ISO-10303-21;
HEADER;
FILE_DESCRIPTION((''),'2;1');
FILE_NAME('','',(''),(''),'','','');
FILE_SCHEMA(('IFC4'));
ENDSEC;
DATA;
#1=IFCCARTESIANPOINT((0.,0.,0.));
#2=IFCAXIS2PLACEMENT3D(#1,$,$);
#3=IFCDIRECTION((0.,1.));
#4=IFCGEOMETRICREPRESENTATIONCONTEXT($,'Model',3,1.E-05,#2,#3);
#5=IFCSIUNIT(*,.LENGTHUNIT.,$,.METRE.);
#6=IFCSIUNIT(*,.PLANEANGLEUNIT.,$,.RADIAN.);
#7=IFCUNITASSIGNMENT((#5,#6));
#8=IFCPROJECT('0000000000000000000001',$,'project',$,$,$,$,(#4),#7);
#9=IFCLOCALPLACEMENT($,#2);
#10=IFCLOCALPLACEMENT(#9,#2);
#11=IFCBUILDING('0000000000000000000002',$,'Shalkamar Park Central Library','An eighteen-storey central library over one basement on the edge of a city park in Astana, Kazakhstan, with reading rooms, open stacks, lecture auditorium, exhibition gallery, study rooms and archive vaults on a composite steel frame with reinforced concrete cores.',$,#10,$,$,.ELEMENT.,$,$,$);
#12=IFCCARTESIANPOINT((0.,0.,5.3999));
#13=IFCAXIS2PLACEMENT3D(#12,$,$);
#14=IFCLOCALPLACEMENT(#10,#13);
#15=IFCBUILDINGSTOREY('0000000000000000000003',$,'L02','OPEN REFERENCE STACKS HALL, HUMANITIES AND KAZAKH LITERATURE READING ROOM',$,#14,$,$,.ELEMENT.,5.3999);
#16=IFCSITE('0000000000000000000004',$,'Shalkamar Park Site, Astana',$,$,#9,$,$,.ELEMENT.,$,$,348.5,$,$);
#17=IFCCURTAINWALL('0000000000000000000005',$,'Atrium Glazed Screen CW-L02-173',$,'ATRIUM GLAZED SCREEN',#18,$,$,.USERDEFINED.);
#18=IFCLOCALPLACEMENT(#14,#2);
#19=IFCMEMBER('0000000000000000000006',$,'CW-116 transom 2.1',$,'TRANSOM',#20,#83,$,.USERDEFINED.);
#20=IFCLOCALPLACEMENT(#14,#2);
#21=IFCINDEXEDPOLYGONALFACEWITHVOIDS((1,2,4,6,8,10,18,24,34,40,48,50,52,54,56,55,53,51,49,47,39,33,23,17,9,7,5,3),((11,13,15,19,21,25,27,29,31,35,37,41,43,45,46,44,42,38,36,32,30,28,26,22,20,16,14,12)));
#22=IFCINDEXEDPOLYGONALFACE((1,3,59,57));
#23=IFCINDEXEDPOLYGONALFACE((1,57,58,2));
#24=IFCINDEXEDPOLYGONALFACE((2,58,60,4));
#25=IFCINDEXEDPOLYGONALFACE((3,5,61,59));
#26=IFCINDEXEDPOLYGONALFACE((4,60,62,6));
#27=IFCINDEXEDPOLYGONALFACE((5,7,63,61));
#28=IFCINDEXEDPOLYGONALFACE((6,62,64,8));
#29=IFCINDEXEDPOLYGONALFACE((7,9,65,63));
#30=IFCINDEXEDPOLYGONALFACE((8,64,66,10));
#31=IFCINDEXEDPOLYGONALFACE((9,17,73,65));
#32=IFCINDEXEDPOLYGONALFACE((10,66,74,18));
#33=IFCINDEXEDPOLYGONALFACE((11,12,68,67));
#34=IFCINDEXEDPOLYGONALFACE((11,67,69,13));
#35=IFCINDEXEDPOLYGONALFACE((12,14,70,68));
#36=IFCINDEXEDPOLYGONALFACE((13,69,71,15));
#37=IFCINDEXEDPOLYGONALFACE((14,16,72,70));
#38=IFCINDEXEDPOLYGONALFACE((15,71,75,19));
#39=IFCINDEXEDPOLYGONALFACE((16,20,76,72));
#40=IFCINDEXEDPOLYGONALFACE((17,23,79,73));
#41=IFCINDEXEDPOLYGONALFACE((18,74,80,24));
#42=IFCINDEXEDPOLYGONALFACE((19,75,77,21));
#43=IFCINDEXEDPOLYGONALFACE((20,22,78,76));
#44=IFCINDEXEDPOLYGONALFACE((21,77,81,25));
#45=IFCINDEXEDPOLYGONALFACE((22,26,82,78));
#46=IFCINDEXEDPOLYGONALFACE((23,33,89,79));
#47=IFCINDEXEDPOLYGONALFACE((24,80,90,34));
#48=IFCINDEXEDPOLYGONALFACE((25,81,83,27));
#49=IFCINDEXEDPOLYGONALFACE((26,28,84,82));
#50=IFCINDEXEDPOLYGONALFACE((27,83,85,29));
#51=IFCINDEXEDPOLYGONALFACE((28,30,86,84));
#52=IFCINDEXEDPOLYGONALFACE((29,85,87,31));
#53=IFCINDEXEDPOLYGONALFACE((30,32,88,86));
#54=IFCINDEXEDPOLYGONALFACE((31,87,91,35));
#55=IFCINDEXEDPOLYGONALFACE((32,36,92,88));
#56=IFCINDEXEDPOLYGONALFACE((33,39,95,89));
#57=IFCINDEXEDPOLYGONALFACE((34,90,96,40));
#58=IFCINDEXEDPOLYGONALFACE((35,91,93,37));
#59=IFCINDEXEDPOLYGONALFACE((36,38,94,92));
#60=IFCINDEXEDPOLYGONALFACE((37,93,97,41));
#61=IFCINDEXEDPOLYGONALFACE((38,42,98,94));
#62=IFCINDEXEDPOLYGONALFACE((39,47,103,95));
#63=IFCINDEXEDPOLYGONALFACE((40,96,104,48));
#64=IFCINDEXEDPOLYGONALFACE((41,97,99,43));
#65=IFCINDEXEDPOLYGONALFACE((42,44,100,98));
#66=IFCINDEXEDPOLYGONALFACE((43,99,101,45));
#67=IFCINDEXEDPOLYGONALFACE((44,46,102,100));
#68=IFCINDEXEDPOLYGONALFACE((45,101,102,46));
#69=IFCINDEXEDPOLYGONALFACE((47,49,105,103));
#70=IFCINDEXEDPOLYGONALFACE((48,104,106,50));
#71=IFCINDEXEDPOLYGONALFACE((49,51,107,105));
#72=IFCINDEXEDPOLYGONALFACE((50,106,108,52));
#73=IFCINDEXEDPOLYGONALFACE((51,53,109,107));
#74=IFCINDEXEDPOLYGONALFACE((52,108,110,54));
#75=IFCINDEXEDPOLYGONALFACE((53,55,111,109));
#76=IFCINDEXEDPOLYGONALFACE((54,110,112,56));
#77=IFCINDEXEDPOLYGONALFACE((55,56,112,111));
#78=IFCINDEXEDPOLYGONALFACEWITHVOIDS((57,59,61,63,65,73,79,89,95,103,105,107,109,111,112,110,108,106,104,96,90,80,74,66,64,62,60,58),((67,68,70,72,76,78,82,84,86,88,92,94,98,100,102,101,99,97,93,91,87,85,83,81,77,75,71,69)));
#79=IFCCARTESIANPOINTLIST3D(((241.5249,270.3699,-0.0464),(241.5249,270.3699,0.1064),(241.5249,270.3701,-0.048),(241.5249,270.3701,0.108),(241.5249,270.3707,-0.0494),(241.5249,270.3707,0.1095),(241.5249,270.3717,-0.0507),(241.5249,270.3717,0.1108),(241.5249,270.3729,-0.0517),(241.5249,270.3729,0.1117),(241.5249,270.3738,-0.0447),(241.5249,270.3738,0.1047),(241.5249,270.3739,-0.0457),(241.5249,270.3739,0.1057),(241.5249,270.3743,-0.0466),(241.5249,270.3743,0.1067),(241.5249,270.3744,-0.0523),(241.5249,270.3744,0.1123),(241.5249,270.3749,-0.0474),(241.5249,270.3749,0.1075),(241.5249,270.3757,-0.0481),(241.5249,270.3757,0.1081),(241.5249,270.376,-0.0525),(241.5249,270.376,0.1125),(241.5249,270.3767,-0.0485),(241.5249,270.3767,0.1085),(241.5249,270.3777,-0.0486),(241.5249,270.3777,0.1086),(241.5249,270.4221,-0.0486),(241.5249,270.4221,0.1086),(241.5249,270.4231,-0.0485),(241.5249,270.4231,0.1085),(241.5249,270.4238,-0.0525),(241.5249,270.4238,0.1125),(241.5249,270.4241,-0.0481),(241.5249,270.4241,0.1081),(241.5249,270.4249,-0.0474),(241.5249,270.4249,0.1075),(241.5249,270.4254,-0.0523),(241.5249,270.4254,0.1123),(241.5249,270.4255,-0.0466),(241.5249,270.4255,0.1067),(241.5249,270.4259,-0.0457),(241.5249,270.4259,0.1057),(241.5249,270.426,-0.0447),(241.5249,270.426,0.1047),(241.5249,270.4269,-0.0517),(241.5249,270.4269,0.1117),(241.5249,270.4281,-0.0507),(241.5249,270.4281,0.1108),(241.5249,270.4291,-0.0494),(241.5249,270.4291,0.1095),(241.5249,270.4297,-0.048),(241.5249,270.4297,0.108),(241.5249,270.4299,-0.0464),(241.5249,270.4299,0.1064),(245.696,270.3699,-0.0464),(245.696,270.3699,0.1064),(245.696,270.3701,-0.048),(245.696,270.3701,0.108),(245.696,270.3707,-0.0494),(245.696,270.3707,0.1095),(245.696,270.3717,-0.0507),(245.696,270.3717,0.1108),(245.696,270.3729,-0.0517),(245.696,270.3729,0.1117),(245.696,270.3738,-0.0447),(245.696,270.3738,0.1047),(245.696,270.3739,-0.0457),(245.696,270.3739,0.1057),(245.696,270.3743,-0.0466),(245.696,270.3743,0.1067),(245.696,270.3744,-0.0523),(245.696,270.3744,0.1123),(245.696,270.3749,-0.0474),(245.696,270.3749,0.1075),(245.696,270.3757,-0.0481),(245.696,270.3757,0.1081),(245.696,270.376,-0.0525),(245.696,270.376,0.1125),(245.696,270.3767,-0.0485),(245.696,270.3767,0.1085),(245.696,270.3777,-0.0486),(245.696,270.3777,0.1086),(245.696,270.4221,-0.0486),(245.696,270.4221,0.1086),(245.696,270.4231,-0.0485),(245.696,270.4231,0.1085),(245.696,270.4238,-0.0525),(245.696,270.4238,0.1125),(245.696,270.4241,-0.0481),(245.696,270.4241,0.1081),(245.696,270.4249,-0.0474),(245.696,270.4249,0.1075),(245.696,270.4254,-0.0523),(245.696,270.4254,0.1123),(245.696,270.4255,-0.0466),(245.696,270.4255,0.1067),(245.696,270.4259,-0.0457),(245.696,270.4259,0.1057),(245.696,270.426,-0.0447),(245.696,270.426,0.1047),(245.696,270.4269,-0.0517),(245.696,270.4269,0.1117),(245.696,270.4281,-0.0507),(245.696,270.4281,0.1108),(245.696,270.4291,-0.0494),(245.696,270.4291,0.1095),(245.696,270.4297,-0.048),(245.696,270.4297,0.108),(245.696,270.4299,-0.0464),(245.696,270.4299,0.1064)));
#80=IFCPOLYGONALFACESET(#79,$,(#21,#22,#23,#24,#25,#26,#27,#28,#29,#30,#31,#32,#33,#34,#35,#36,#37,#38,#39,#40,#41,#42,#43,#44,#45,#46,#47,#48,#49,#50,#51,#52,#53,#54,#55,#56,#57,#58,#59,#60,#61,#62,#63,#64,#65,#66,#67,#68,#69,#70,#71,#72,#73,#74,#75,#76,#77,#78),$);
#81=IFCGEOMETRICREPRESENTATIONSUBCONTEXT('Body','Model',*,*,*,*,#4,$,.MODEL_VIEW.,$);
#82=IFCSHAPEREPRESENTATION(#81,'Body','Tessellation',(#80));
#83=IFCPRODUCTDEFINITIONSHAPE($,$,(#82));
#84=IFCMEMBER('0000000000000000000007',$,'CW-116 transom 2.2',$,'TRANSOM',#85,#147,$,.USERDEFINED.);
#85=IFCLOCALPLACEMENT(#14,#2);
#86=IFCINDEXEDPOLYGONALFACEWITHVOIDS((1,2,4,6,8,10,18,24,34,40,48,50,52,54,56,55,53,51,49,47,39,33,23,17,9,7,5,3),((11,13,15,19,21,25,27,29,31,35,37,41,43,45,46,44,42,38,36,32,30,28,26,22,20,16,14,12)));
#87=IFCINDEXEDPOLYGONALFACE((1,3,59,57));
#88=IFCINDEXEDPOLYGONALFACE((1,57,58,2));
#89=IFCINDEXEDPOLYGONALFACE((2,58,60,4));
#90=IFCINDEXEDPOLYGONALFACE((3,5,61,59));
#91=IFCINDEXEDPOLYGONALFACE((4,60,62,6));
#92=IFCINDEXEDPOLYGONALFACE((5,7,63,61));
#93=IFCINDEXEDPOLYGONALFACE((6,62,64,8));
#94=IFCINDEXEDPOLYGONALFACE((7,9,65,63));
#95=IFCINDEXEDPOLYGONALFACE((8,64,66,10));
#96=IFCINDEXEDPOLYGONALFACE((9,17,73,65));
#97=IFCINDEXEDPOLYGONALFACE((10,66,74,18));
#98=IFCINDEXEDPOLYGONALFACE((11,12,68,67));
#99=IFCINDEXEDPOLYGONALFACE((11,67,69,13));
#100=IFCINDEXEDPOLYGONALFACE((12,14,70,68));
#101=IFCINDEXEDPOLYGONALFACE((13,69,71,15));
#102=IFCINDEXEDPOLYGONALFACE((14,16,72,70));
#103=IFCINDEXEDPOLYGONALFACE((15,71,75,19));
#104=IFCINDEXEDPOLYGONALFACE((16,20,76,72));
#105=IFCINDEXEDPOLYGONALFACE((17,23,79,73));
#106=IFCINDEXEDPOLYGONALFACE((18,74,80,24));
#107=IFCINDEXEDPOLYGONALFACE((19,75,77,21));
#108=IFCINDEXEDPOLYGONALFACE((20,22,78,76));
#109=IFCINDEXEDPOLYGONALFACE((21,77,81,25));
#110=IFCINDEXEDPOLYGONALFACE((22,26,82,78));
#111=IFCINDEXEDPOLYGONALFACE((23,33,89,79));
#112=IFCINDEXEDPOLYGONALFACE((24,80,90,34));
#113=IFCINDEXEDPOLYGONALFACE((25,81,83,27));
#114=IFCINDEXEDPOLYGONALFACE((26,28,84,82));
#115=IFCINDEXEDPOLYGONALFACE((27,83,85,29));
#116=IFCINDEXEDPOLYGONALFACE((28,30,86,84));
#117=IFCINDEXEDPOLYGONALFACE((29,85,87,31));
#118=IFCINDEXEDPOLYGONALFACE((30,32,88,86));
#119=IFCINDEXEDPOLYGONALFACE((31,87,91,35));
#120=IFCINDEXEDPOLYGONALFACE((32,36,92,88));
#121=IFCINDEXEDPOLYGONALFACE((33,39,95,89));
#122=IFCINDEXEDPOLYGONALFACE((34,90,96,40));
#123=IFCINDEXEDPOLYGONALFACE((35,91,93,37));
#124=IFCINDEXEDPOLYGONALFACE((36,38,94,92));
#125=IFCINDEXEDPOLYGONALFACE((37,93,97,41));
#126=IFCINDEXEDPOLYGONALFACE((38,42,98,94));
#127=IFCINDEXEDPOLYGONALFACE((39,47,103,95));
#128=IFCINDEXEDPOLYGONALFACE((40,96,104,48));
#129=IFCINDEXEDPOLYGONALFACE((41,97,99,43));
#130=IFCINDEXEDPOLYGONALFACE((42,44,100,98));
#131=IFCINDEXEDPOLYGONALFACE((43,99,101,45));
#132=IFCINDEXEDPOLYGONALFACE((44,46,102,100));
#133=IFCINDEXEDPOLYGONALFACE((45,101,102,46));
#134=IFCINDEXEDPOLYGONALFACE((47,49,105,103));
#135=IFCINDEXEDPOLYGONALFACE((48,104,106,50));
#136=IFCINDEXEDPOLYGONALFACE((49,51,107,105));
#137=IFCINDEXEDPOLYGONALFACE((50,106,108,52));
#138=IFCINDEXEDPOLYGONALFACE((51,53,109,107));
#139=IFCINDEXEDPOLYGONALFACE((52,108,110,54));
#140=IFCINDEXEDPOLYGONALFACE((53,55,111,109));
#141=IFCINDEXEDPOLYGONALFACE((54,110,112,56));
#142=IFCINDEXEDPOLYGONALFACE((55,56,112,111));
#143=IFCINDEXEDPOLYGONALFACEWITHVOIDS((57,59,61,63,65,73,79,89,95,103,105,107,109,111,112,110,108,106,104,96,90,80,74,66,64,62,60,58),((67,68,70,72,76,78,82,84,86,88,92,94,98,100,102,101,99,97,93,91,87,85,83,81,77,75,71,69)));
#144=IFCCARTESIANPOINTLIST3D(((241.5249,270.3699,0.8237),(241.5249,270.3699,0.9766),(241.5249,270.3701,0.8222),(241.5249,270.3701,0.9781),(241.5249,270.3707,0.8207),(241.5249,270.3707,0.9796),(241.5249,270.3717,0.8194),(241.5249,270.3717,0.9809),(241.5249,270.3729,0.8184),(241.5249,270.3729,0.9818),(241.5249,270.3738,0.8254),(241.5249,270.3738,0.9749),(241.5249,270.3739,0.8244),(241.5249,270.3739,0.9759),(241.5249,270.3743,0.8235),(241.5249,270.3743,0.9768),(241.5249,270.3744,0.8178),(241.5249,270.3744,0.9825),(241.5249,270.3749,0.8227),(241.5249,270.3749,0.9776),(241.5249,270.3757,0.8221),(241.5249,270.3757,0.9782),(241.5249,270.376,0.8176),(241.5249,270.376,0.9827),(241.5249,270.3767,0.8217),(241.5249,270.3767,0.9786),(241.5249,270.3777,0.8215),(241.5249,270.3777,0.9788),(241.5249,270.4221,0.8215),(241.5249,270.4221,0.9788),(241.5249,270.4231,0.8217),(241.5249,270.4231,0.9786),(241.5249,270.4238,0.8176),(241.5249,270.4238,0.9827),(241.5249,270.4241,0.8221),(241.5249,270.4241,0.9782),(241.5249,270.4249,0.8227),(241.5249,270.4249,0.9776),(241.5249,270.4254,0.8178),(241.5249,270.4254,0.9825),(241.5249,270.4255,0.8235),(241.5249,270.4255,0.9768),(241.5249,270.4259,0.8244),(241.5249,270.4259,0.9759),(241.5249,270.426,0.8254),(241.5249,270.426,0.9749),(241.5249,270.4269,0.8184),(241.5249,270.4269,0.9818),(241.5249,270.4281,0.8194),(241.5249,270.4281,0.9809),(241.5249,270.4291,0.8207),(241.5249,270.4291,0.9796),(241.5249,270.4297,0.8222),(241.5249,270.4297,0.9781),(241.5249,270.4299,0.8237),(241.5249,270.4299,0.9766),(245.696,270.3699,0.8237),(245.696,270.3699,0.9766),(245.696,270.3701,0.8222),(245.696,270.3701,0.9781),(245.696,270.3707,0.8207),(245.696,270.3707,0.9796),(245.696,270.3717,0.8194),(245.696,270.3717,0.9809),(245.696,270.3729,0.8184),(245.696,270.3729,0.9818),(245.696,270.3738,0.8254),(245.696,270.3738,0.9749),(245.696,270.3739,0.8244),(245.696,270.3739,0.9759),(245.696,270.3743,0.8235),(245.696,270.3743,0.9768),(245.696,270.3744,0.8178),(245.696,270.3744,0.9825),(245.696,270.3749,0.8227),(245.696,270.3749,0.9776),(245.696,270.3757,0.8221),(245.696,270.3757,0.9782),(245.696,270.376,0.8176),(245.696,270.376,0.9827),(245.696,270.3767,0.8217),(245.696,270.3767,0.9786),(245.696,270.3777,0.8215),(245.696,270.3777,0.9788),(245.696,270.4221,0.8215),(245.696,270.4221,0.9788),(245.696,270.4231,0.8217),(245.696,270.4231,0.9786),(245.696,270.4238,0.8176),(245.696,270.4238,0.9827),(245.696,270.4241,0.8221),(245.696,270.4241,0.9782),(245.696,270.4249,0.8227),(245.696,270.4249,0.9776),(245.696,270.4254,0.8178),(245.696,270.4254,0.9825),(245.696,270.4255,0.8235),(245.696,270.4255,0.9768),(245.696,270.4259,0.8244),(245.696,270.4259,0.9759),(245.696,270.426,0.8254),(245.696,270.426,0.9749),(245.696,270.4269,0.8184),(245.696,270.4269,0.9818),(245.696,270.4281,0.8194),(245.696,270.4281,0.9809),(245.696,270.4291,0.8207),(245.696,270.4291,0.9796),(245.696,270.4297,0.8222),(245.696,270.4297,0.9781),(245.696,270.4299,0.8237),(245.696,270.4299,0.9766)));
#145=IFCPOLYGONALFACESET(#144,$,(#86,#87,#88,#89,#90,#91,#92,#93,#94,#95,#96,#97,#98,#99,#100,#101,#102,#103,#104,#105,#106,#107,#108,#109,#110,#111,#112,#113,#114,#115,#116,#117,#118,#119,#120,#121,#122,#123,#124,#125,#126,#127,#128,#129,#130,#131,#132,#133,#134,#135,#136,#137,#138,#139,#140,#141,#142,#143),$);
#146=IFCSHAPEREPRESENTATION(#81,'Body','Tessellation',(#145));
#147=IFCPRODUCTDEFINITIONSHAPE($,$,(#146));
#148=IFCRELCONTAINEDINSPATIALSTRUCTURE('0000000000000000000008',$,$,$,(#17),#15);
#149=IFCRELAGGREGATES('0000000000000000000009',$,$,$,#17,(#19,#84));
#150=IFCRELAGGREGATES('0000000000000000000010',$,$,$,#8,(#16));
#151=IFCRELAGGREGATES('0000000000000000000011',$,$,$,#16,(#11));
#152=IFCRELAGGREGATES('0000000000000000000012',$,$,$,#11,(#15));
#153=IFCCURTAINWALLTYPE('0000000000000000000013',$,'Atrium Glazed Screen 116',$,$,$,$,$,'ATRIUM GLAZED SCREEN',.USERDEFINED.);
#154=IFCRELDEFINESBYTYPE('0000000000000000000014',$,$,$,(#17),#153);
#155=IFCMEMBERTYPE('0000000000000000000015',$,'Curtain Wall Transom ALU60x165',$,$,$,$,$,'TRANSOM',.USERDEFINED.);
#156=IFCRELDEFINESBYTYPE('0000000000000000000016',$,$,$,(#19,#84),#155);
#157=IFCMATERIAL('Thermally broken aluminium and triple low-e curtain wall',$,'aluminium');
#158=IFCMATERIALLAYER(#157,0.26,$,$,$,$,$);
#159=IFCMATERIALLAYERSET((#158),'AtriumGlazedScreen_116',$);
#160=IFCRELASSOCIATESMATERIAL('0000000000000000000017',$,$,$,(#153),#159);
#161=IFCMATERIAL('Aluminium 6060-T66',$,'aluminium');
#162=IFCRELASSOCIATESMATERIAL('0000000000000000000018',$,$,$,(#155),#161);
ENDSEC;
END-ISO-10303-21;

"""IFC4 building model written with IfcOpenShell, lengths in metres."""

from ifc_helpers import new_model, si_unit, direction, frame, origin, origin_2d, place, context, subcontext, project, spatial, hollow_rectangle, extrude, material, layer, layer_set, material_profile, profile_set, type_object, element, aggregate, save


model = new_model("IFC4")

# Units and contexts
model_context = context("Model", 3, precision=1e-05, world=origin(), true_north=direction((0.0, 1.0)))
body_context = subcontext(model_context, "Body", "Model", "MODEL_VIEW")
ifc_project = project(units=[si_unit("LENGTHUNIT", "METRE"), si_unit("PLANEANGLEUNIT", "RADIAN")], contexts=[model_context])

# Site, building, storey
site_placement = place(None, origin())
site = spatial("IfcSite", under=ifc_project, at=site_placement, Name="Shalkamar Park Site, Astana", CompositionType="ELEMENT", RefElevation=348.5)
building_placement = place(site_placement, origin())
building = spatial("IfcBuilding", under=site, at=building_placement, Name="Shalkamar Park Central Library", Description="An eighteen-storey central library over one basement on the edge of a city park in Astana, Kazakhstan, with reading rooms, open stacks, lecture auditorium, exhibition gallery, study rooms and archive vaults on a composite steel frame with reinforced concrete cores.", CompositionType="ELEMENT")
storey_placement = place(building_placement, frame((0.0, 0.0, 5.3999)))
storey = spatial("IfcBuildingStorey", under=building, at=storey_placement, Name="L02", Description="OPEN REFERENCE STACKS HALL, HUMANITIES AND KAZAKH LITERATURE READING ROOM", CompositionType="ELEMENT", Elevation=5.3999)

# Curtain wall
ifc_material_1 = material(Name="Thermally broken aluminium and triple low-e curtain wall", Category="aluminium")
ifc_layer_1 = layer(ifc_material_1, 0.26)
ifc_layer_set_1 = layer_set([ifc_layer_1], Name="AtriumGlazedScreen_116")
curtain_wall_type_1 = type_object("IfcCurtainWallType", Name="Atrium Glazed Screen 116", ElementType="ATRIUM GLAZED SCREEN", PredefinedType="USERDEFINED", material=ifc_layer_set_1)
curtain_wall_1_placement = place(storey_placement, origin())
curtain_wall_1 = element("IfcCurtainWall", 1, at=curtain_wall_1_placement, inside=storey, type_object=curtain_wall_type_1, Name="Atrium Glazed Screen CW-L02-173", ObjectType="ATRIUM GLAZED SCREEN", PredefinedType="USERDEFINED")
ifc_material_2 = material(Name="Aluminium 6060-T66", Category="aluminium")

# Members
ifc_material_profile_1 = material_profile(ifc_material_2, hollow_rectangle(XDim=0.0601, YDim=0.165, WallThickness=0.0039, InnerFilletRadius=0.0039, OuterFilletRadius=0.0061, at=origin_2d()), Name="ALU 60x165x4")
ifc_profile_set_1 = profile_set([ifc_material_profile_1], Name="Aluminium 6060-T66")
member_type_1 = type_object("IfcMemberType", Name="Curtain Wall Transom ALU60x165", ElementType="TRANSOM", PredefinedType="USERDEFINED", material=ifc_profile_set_1)
member_1_placement = place(storey_placement, frame((241.5249, 270.3999, 0.03), z_axis=(1.0, 0.0, 0.0), x_axis=(0.0, 1.0, 0.0)))
member_1 = element("IfcMember", 2, at=member_1_placement, type_object=member_type_1, Name="CW-116 transom 2.1", ObjectType="TRANSOM", PredefinedType="USERDEFINED", context=body_context, shape_type="SweptSolid", body=[
    extrude(hollow_rectangle(XDim=0.0601, YDim=0.165, WallThickness=0.0039, InnerFilletRadius=0.0039, OuterFilletRadius=0.0061, at=origin_2d()), origin(), (0.0, 0.0, 1.0), 4.1711),
])
member_2_placement = place(storey_placement, frame((241.5249, 270.3999, 0.9001), z_axis=(1.0, 0.0, 0.0), x_axis=(0.0, 1.0, 0.0)))
member_2 = element("IfcMember", 3, at=member_2_placement, type_object=member_type_1, Name="CW-116 transom 2.2", ObjectType="TRANSOM", PredefinedType="USERDEFINED", context=body_context, shape_type="SweptSolid", body=[
    extrude(hollow_rectangle(XDim=0.0601, YDim=0.165, WallThickness=0.0039, InnerFilletRadius=0.0039, OuterFilletRadius=0.0061, at=origin_2d()), origin(), (0.0, 0.0, 1.0), 4.1711),
])

aggregate(curtain_wall_1, [member_1, member_2])

save(model, "model.ifc")
